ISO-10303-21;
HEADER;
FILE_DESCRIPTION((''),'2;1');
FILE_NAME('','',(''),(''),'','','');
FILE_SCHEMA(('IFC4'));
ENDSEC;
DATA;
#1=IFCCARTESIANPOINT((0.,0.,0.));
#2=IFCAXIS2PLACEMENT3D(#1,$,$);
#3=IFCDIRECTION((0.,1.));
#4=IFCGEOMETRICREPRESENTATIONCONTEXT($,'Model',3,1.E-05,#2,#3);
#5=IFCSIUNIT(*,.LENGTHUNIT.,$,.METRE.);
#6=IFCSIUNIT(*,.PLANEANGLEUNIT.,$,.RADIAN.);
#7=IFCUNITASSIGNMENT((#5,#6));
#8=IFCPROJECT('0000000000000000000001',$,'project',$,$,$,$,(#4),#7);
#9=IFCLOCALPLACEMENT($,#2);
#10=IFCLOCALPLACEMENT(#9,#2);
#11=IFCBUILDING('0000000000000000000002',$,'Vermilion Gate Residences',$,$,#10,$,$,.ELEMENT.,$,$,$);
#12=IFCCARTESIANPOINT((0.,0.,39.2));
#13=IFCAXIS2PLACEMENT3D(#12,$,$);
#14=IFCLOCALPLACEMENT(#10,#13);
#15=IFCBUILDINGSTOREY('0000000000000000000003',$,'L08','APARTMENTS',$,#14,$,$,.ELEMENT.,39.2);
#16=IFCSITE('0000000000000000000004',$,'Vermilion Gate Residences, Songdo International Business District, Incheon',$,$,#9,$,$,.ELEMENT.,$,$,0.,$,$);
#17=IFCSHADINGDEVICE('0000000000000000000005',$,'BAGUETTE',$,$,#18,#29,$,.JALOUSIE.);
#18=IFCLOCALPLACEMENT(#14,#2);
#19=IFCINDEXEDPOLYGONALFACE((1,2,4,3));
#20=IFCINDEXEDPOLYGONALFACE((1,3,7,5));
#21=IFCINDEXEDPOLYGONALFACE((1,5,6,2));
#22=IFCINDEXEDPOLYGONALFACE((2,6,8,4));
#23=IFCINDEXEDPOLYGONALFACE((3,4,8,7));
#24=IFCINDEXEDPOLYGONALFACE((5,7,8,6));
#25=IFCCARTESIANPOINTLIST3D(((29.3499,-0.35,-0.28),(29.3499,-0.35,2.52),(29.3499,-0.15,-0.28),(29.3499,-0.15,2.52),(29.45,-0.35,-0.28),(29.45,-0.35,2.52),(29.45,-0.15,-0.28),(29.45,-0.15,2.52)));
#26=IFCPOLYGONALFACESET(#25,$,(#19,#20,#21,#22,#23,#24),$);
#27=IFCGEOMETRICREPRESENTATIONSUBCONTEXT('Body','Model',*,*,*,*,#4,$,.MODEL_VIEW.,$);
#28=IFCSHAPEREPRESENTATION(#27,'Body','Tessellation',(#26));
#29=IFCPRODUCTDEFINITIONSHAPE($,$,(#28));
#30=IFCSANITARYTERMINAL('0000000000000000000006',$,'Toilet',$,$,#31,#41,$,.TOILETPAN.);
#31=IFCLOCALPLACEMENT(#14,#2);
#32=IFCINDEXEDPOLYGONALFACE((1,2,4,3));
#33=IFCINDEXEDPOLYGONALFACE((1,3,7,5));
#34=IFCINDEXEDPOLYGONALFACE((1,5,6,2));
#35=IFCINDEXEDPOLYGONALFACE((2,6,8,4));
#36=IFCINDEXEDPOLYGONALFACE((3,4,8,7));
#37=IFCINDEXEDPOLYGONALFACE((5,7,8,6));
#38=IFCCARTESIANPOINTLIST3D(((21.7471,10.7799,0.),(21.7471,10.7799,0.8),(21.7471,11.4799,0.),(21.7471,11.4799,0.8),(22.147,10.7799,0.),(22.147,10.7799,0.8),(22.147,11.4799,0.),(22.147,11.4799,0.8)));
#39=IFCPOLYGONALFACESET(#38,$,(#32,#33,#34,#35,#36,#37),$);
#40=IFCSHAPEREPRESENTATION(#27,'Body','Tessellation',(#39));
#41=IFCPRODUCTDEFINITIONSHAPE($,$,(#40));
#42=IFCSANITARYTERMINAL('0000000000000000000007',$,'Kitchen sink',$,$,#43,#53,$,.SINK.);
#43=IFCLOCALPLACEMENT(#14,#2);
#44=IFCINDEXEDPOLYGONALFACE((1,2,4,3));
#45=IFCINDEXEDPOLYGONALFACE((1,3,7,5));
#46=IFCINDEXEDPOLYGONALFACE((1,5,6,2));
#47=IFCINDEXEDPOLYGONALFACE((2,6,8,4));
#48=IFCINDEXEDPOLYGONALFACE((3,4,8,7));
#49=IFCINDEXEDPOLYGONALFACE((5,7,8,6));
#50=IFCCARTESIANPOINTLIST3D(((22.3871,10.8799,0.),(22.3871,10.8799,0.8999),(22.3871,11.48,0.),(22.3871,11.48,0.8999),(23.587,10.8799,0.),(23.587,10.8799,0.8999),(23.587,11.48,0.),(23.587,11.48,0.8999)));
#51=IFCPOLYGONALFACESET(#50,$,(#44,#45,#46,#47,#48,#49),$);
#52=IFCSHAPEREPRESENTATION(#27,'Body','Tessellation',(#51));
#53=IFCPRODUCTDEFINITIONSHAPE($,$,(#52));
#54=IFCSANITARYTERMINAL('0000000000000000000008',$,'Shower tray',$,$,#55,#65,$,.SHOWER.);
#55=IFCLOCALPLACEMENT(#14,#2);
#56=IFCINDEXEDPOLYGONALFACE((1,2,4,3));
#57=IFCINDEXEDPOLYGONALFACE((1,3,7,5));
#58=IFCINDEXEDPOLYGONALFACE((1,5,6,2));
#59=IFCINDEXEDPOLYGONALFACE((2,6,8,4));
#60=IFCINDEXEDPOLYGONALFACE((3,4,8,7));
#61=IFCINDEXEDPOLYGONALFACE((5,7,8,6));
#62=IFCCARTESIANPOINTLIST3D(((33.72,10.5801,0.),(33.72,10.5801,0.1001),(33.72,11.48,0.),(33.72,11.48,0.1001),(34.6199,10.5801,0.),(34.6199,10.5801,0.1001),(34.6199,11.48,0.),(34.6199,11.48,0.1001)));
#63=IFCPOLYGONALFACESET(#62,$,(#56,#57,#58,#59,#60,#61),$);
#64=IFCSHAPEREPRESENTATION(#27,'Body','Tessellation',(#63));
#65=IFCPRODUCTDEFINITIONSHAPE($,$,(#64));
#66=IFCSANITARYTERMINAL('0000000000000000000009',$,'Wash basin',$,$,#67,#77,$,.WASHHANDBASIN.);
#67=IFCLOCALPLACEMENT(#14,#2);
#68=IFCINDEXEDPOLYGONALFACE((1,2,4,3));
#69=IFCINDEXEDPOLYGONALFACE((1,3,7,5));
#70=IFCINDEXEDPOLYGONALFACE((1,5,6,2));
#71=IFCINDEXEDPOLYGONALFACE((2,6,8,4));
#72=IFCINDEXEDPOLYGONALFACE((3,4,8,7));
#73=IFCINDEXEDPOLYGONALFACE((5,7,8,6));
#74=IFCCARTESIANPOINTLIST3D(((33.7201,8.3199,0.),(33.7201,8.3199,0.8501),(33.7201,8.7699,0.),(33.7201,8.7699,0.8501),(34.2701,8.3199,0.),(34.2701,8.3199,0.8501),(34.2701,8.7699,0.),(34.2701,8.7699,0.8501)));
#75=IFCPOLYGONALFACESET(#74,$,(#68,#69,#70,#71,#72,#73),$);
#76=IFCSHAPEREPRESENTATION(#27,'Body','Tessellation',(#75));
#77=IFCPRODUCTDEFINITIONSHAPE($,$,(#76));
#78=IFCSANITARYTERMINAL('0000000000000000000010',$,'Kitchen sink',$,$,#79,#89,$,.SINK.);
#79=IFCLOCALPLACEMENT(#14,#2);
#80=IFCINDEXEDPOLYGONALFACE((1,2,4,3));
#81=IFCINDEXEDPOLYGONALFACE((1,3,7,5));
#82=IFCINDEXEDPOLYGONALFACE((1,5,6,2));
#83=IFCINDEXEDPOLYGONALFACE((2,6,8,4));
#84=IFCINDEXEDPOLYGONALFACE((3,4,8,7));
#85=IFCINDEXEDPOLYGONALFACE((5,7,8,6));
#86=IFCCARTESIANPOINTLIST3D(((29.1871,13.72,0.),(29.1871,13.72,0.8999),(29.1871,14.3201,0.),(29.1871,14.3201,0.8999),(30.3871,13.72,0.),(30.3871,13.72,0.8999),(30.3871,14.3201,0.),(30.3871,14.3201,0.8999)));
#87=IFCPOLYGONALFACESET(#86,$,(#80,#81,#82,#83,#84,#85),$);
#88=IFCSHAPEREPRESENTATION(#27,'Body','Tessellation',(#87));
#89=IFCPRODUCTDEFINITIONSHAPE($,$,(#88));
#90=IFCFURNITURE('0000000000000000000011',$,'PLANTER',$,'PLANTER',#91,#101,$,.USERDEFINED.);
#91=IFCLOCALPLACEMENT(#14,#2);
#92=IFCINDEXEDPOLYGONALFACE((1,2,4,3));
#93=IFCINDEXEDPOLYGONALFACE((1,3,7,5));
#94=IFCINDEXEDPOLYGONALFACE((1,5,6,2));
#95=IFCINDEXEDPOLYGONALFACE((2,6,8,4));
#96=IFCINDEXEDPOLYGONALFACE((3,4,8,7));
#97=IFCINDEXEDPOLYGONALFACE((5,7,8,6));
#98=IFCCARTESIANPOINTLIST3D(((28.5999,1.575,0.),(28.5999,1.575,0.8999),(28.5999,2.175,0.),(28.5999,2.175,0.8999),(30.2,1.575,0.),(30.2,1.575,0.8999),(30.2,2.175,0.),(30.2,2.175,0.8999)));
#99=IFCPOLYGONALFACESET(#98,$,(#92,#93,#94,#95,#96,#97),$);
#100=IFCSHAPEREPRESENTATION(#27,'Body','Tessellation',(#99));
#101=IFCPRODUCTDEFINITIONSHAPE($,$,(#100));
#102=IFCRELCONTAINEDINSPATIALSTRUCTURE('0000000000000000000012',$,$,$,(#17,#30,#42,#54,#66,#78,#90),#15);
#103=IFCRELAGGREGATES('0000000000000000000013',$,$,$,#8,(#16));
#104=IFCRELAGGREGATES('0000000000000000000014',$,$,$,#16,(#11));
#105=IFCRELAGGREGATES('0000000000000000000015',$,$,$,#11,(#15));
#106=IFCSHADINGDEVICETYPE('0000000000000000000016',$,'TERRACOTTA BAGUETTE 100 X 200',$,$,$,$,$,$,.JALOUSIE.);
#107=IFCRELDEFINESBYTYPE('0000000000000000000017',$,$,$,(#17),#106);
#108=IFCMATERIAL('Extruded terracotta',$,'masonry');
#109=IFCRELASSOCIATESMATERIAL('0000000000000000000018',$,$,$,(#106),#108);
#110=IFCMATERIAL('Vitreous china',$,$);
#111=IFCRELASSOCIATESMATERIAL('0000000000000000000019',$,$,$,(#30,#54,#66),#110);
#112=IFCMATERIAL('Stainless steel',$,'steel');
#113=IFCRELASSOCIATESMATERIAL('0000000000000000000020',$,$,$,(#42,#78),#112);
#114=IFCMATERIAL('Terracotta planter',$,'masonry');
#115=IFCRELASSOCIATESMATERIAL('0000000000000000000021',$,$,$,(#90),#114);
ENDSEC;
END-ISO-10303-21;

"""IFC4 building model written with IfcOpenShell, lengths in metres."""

from ifc_helpers import new_model, si_unit, direction, frame, origin, origin_2d, place, context, subcontext, project, spatial, rectangle, extrude, material, material_profile, profile_set, type_object, element, save


model = new_model("IFC4")

# Units and contexts
model_context = context("Model", 3, precision=1e-05, world=origin(), true_north=direction((0.0, 1.0)))
body_context = subcontext(model_context, "Body", "Model", "MODEL_VIEW")
ifc_project = project(units=[si_unit("LENGTHUNIT", "METRE"), si_unit("PLANEANGLEUNIT", "RADIAN")], contexts=[model_context])

# Site, building, storey
site_placement = place(None, origin())
site = spatial("IfcSite", under=ifc_project, at=site_placement, Name="Vermilion Gate Residences, Songdo International Business District, Incheon", CompositionType="ELEMENT", RefElevation=0.0)
building_placement = place(site_placement, origin())
building = spatial("IfcBuilding", under=site, at=building_placement, Name="Vermilion Gate Residences", CompositionType="ELEMENT")
storey_placement = place(building_placement, frame((0.0, 0.0, 39.2)))
storey = spatial("IfcBuildingStorey", under=building, at=storey_placement, Name="L08", Description="APARTMENTS", CompositionType="ELEMENT", Elevation=39.2)

# Shading device
ifc_material_1 = material(Name="Extruded terracotta", Category="masonry")
ifc_material_profile_1 = material_profile(ifc_material_1, rectangle(XDim=0.2, YDim=0.1001, at=origin_2d()), Name="BAGUETTE 100 X 200")
ifc_profile_set_1 = profile_set([ifc_material_profile_1], Name="Extruded terracotta")
shading_device_type = type_object("IfcShadingDeviceType", Name="TERRACOTTA BAGUETTE 100 X 200", PredefinedType="JALOUSIE", material=ifc_profile_set_1)
for number, where, z_axis, x_axis, name in (
    (1, (29.3999, -0.25, -0.28), (0.0, 0.0, 1.0), (0.0, 1.0, 0.0), "BAGUETTE"),
):
    element("IfcShadingDevice", number, at=place(storey_placement, frame(where, z_axis=z_axis, x_axis=x_axis)), inside=storey, type_object=shading_device_type, Name=name, PredefinedType="JALOUSIE", context=body_context, shape_type="SweptSolid", body=[
        extrude(rectangle(XDim=0.2, YDim=0.1001, at=origin_2d()), origin(), (0.0, 0.0, 1.0), 2.8),
    ])

# Sanitary terminals
ifc_material_2 = material(Name="Vitreous china")
sanitary_terminal_1_placement = place(storey_placement, frame((21.947, 11.1299, 0.0), z_axis=(0.0, 0.0, 1.0), x_axis=(1.0, 0.0, 0.0)))
element("IfcSanitaryTerminal", 2, at=sanitary_terminal_1_placement, inside=storey, material=ifc_material_2, Name="Toilet", PredefinedType="TOILETPAN", context=body_context, shape_type="SweptSolid", body=[
    extrude(rectangle(XDim=0.3999, YDim=0.7, at=origin_2d()), origin(), (0.0, 0.0, 1.0), 0.8),
])
ifc_material_3 = material(Name="Stainless steel", Category="steel")
sanitary_terminal_2_placement = place(storey_placement, frame((22.9871, 11.1799, 0.0), z_axis=(0.0, 0.0, 1.0), x_axis=(1.0, 0.0, 0.0)))
element("IfcSanitaryTerminal", 3, at=sanitary_terminal_2_placement, inside=storey, material=ifc_material_3, Name="Kitchen sink", PredefinedType="SINK", context=body_context, shape_type="SweptSolid", body=[
    extrude(rectangle(XDim=1.2, YDim=0.6001, at=origin_2d()), origin(), (0.0, 0.0, 1.0), 0.8999),
])
sanitary_terminal_3_placement = place(storey_placement, frame((34.1699, 11.03, 0.0), z_axis=(0.0, 0.0, 1.0), x_axis=(1.0, 0.0, 0.0)))
element("IfcSanitaryTerminal", 4, at=sanitary_terminal_3_placement, inside=storey, material=ifc_material_2, Name="Shower tray", PredefinedType="SHOWER", context=body_context, shape_type="SweptSolid", body=[
    extrude(rectangle(XDim=0.8999, YDim=0.8999, at=origin_2d()), origin(), (0.0, 0.0, 1.0), 0.1001),
])
sanitary_terminal_4_placement = place(storey_placement, frame((33.9951, 8.5449, 0.0), z_axis=(0.0, 0.0, 1.0), x_axis=(1.0, 0.0, 0.0)))
element("IfcSanitaryTerminal", 5, at=sanitary_terminal_4_placement, inside=storey, material=ifc_material_2, Name="Wash basin", PredefinedType="WASHHANDBASIN", context=body_context, shape_type="SweptSolid", body=[
    extrude(rectangle(XDim=0.55, YDim=0.45, at=origin_2d()), origin(), (0.0, 0.0, 1.0), 0.8501),
])
sanitary_terminal_5_placement = place(storey_placement, frame((29.7871, 14.02, 0.0), z_axis=(0.0, 0.0, 1.0), x_axis=(1.0, 0.0, 0.0)))
element("IfcSanitaryTerminal", 6, at=sanitary_terminal_5_placement, inside=storey, material=ifc_material_3, Name="Kitchen sink", PredefinedType="SINK", context=body_context, shape_type="SweptSolid", body=[
    extrude(rectangle(XDim=1.2, YDim=0.6001, at=origin_2d()), origin(), (0.0, 0.0, 1.0), 0.8999),
])

# Furniture
ifc_material_4 = material(Name="Terracotta planter", Category="masonry")
furniture_placement = place(storey_placement, frame((29.3999, 1.875, 0.0), z_axis=(0.0, 0.0, 1.0), x_axis=(1.0, 0.0, 0.0)))
element("IfcFurniture", 7, at=furniture_placement, inside=storey, material=ifc_material_4, Name="PLANTER", ObjectType="PLANTER", PredefinedType="USERDEFINED", context=body_context, shape_type="SweptSolid", body=[
    extrude(rectangle(XDim=1.6001, YDim=0.6001, at=origin_2d()), origin(), (0.0, 0.0, 1.0), 0.8999),
])

save(model, "model.ifc")
